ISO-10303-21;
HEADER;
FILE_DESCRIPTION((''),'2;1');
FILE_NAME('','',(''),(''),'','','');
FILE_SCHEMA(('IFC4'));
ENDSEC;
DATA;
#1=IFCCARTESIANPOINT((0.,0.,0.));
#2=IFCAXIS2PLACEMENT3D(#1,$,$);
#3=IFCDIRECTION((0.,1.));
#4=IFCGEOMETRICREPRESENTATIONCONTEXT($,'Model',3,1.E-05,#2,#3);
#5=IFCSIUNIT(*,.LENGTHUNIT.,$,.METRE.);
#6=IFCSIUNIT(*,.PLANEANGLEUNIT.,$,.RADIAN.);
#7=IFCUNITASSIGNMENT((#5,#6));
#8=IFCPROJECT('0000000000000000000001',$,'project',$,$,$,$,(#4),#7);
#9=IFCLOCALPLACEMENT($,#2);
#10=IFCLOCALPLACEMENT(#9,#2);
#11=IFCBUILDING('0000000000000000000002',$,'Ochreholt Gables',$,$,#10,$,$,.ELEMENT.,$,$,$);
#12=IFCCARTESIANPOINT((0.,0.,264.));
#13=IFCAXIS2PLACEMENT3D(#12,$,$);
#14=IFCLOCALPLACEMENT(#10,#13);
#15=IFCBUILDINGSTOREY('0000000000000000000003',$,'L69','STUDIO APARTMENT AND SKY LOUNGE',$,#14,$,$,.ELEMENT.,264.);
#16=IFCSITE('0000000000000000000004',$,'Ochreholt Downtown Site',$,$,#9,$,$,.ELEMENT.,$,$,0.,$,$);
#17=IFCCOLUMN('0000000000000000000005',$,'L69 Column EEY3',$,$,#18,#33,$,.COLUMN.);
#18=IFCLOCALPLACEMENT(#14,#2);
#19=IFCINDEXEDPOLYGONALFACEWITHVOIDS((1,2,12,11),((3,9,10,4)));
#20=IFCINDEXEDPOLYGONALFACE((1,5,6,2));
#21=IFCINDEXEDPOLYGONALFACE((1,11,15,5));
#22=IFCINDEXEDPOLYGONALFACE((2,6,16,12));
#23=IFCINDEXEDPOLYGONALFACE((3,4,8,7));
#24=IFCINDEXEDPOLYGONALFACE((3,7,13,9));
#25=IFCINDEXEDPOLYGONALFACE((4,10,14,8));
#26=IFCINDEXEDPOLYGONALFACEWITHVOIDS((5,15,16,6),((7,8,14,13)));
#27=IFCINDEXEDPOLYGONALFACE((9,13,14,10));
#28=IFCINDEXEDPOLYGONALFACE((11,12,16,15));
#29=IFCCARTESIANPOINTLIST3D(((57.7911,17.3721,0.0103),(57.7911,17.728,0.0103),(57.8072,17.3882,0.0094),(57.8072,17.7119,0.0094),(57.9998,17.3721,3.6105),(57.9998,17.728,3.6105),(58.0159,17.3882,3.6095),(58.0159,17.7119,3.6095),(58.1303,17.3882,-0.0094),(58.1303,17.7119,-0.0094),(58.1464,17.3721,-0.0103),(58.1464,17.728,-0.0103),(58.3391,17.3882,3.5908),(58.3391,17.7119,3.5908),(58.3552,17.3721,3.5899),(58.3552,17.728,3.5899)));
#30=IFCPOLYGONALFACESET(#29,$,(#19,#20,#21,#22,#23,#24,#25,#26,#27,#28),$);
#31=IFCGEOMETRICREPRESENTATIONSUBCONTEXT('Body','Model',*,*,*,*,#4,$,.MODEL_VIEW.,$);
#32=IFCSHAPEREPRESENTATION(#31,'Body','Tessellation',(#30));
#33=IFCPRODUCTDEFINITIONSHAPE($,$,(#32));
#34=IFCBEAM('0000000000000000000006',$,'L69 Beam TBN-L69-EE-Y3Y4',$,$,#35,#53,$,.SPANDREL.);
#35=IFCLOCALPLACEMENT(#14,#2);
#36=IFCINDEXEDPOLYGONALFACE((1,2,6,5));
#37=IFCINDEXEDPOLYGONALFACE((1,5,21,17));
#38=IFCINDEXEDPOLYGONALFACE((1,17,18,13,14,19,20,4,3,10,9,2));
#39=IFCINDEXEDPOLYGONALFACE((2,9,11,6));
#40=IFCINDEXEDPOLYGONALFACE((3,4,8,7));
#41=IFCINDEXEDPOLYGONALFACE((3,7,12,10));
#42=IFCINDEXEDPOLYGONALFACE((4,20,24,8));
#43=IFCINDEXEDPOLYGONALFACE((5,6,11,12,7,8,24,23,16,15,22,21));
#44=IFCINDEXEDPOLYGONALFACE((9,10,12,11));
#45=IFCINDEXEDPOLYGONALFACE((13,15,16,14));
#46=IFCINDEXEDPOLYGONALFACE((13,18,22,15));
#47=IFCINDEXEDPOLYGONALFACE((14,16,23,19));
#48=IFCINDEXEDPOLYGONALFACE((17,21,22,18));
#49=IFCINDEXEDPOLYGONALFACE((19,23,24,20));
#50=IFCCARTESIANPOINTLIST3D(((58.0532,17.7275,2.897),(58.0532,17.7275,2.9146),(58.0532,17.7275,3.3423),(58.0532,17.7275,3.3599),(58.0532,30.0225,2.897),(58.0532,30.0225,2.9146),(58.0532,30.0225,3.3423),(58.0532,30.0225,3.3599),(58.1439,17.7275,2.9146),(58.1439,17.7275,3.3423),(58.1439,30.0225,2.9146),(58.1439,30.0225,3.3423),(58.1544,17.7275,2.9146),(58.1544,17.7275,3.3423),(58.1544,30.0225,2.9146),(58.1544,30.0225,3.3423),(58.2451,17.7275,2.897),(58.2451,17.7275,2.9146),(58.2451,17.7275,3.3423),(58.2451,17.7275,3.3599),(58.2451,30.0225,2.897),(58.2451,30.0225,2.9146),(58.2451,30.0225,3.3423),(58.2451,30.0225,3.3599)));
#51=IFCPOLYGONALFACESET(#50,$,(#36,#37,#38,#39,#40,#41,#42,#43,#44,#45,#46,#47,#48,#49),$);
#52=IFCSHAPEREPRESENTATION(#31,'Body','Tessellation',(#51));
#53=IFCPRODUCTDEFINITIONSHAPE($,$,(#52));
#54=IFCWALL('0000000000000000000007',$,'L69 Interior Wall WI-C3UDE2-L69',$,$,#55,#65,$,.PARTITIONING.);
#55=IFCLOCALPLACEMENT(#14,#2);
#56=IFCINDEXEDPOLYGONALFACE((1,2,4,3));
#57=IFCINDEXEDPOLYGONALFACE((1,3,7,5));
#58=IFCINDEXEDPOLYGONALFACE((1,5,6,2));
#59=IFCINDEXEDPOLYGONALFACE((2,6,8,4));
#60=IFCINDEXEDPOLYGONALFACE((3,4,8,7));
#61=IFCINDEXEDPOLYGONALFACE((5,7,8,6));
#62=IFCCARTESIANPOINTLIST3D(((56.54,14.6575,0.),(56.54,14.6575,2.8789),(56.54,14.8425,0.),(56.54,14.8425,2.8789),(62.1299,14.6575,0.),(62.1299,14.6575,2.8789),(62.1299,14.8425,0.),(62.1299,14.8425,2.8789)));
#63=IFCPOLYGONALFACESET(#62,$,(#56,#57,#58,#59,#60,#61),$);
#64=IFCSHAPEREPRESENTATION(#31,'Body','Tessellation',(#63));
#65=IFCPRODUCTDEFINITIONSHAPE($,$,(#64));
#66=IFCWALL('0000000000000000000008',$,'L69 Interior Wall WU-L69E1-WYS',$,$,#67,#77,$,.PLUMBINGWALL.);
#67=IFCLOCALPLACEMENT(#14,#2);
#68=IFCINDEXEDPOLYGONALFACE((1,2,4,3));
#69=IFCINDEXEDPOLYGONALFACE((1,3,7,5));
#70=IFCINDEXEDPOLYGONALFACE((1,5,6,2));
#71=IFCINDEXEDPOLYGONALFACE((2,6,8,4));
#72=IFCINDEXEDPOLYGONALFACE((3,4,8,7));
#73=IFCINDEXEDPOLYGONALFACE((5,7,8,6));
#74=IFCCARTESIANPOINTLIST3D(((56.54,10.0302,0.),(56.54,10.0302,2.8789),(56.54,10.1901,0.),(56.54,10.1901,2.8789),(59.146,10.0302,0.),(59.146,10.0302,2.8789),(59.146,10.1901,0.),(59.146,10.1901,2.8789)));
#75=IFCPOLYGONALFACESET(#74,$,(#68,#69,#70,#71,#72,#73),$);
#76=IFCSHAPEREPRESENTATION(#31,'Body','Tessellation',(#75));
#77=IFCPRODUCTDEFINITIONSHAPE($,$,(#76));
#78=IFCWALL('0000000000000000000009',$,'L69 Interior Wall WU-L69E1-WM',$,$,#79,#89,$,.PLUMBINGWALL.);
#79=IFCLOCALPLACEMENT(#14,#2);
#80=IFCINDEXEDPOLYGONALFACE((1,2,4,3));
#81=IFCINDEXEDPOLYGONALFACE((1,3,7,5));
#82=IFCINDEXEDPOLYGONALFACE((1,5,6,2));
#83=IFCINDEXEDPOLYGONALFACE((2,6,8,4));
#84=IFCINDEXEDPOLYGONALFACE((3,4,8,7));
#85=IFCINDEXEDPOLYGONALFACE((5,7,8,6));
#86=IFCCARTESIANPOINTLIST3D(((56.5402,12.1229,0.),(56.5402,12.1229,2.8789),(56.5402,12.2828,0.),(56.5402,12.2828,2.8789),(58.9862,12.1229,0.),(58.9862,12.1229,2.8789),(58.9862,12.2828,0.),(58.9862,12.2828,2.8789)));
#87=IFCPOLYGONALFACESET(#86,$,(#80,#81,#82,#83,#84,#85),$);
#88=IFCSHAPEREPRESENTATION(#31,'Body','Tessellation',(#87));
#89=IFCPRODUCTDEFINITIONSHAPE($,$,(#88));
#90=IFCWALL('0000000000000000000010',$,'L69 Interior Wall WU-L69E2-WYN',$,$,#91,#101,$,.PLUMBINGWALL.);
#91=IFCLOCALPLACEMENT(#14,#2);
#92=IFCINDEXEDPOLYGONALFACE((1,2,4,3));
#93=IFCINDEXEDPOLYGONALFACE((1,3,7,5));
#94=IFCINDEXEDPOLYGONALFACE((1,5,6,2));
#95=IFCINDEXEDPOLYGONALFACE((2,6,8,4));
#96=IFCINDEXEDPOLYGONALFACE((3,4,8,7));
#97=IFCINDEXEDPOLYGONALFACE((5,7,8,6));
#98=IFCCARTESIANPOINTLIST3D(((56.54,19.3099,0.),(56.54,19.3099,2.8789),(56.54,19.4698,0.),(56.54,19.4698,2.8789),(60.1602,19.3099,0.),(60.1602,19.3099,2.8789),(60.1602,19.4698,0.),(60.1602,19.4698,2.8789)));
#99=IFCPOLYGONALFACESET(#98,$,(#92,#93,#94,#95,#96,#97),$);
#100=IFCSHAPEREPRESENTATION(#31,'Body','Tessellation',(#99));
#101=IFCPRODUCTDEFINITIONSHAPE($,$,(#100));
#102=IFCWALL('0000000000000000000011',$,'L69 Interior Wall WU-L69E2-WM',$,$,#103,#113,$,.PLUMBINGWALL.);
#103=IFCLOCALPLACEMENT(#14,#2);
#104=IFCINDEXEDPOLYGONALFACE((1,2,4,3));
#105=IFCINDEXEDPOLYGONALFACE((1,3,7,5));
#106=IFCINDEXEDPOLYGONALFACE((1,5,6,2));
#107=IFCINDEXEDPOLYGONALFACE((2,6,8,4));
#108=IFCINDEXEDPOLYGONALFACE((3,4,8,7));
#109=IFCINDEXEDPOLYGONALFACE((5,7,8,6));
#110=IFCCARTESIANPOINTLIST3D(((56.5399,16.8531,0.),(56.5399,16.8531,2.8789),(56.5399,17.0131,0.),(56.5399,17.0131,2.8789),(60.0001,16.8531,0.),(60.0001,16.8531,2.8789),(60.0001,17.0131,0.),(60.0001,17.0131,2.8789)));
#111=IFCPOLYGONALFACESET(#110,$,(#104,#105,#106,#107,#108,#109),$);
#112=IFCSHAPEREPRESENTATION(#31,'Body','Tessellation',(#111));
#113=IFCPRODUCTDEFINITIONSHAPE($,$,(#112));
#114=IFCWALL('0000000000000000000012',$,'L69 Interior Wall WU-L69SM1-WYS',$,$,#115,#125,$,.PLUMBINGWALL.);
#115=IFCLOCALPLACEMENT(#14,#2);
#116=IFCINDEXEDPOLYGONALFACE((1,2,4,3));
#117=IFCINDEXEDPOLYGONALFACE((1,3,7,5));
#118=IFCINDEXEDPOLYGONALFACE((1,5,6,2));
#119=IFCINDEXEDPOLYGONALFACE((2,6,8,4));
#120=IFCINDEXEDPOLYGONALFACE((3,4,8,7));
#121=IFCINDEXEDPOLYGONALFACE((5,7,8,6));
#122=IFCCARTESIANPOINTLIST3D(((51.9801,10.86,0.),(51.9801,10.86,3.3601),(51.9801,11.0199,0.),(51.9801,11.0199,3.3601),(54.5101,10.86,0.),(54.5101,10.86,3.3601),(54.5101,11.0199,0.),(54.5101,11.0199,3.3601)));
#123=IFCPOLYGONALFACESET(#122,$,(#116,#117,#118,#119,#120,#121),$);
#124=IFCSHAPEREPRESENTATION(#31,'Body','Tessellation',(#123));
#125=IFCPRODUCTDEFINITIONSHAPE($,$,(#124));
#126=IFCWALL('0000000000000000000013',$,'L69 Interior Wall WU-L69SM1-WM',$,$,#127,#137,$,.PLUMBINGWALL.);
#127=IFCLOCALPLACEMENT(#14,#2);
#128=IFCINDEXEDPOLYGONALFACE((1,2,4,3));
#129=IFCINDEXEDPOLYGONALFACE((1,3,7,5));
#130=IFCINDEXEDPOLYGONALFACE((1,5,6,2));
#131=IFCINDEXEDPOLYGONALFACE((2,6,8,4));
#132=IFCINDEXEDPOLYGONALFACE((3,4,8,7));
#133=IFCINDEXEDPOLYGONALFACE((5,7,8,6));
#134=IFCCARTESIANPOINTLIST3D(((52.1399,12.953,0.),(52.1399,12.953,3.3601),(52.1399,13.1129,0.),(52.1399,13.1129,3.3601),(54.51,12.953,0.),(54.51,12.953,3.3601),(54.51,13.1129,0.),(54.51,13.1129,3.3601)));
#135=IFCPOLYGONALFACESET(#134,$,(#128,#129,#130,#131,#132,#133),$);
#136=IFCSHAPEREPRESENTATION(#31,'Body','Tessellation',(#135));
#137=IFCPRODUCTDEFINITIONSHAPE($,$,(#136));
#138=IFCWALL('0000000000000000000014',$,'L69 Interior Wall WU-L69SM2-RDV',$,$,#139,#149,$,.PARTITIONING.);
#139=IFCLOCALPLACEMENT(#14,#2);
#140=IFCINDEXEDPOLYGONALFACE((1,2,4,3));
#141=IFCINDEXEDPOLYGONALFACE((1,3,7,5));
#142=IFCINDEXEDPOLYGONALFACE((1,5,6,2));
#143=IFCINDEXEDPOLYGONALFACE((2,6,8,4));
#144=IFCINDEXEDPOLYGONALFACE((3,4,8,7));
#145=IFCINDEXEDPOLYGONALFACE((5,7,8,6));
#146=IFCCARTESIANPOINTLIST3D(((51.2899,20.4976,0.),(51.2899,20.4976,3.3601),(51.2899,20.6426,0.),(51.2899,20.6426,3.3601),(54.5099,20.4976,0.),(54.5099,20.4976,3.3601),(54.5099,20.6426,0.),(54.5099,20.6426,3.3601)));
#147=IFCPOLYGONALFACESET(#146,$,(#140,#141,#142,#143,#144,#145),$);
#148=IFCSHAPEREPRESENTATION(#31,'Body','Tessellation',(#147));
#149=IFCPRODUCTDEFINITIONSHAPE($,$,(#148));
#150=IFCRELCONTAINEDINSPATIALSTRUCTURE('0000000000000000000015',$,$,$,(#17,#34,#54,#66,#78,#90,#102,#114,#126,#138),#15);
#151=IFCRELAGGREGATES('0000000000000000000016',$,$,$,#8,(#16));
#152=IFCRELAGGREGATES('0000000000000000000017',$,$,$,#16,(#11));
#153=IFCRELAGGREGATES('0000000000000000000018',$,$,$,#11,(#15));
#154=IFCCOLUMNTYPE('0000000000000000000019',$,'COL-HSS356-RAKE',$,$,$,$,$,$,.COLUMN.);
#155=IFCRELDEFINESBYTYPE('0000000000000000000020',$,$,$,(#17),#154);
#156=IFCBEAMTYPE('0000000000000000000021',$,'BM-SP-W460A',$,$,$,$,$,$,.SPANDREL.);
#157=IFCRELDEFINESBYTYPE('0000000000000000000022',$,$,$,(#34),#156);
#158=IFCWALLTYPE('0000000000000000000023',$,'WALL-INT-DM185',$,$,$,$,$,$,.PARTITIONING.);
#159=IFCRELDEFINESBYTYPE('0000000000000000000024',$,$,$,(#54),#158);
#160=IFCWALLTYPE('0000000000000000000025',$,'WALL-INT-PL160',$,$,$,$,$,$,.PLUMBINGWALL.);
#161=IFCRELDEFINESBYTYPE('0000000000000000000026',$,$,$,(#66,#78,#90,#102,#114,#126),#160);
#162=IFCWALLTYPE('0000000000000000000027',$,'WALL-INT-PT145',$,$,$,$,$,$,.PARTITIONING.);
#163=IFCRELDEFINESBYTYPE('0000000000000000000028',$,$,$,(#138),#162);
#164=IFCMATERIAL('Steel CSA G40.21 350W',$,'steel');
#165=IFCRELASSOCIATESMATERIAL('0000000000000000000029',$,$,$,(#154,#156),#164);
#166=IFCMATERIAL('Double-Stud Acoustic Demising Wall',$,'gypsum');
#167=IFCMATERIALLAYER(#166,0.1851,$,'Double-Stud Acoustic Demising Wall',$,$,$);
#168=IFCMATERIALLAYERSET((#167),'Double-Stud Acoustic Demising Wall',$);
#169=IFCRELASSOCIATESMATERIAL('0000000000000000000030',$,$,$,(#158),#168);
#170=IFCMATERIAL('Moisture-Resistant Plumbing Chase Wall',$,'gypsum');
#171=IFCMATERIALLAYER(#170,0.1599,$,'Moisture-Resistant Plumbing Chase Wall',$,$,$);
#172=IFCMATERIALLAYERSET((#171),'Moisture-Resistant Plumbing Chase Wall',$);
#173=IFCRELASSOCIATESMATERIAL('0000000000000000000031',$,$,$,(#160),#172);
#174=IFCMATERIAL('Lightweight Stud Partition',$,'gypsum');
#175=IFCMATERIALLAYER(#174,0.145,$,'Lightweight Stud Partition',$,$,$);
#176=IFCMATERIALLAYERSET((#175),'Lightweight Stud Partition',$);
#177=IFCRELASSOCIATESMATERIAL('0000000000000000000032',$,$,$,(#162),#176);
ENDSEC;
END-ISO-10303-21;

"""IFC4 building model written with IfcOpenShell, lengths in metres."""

from ifc_helpers import new_model, si_unit, direction, frame, frame_2d, origin, origin_2d, place, context, subcontext, project, spatial, rectangle, hollow_rectangle, i_section, extrude, material, layer, layer_set, material_profile, profile_set, type_object, element, save


model = new_model("IFC4")

# Units and contexts
model_context = context("Model", 3, precision=1e-05, world=origin(), true_north=direction((0.0, 1.0)))
body_context = subcontext(model_context, "Body", "Model", "MODEL_VIEW")
ifc_project = project(units=[si_unit("LENGTHUNIT", "METRE"), si_unit("PLANEANGLEUNIT", "RADIAN")], contexts=[model_context])

# Site, building, storey
site_placement = place(None, origin())
site = spatial("IfcSite", under=ifc_project, at=site_placement, Name="Ochreholt Downtown Site", CompositionType="ELEMENT", RefElevation=0.0)
building_placement = place(site_placement, origin())
building = spatial("IfcBuilding", under=site, at=building_placement, Name="Ochreholt Gables", CompositionType="ELEMENT")
storey_placement = place(building_placement, frame((0.0, 0.0, 264.0)))
storey = spatial("IfcBuildingStorey", under=building, at=storey_placement, Name="L69", Description="STUDIO APARTMENT AND SKY LOUNGE", CompositionType="ELEMENT", Elevation=264.0)

# Column
ifc_material_1 = material(Name="Steel CSA G40.21 350W", Category="steel")
ifc_material_profile_1 = material_profile(ifc_material_1, hollow_rectangle(XDim=0.356, YDim=0.356, WallThickness=0.0161, at=origin_2d()), Name="HSS356X356X16")
ifc_profile_set_1 = profile_set([ifc_material_profile_1], Name="Steel CSA G40.21 350W")
column_type = type_object("IfcColumnType", Name="COL-HSS356-RAKE", PredefinedType="COLUMN", material=ifc_profile_set_1)
column_placement = place(storey_placement, frame((57.9688, 17.55, 0.0), z_axis=(0.057885, 0.0, 0.998323), x_axis=(0.0, 1.0, 0.0)))
element("IfcColumn", 1, at=column_placement, inside=storey, type_object=column_type, Name="L69 Column EEY3", PredefinedType="COLUMN", context=body_context, shape_type="SweptSolid", body=[
    extrude(hollow_rectangle(XDim=0.356, YDim=0.356, WallThickness=0.0161, at=origin_2d()), origin(), (0.0, 0.0, 1.0), 3.6062),
])

# Beam
ifc_material_profile_2 = material_profile(ifc_material_1, i_section(OverallWidth=0.1919, OverallDepth=0.4629, WebThickness=0.0105, FlangeThickness=0.0176, at=origin_2d()), Name="W460X89")
ifc_profile_set_2 = profile_set([ifc_material_profile_2], Name="Steel CSA G40.21 350W")
beam_type = type_object("IfcBeamType", Name="BM-SP-W460A", PredefinedType="SPANDREL", material=ifc_profile_set_2)
beam_placement = place(storey_placement, frame((58.1492, 17.7275, 3.1284), z_axis=(0.0, 1.0, 0.0), x_axis=(-1.0, 0.0, 0.0)))
element("IfcBeam", 2, at=beam_placement, inside=storey, type_object=beam_type, Name="L69 Beam TBN-L69-EE-Y3Y4", PredefinedType="SPANDREL", context=body_context, shape_type="SweptSolid", body=[
    extrude(i_section(OverallWidth=0.1919, OverallDepth=0.4629, WebThickness=0.0105, FlangeThickness=0.0176, at=origin_2d()), origin(), (0.0, 0.0, 1.0), 12.2949),
])

# Walls
ifc_material_2 = material(Name="Double-Stud Acoustic Demising Wall", Category="gypsum")
ifc_layer_1 = layer(ifc_material_2, 0.1851, Name="Double-Stud Acoustic Demising Wall")
ifc_layer_set_1 = layer_set([ifc_layer_1], Name="Double-Stud Acoustic Demising Wall")
wall_type_1 = type_object("IfcWallType", Name="WALL-INT-DM185", PredefinedType="PARTITIONING", material=ifc_layer_set_1)
wall_1_placement = place(storey_placement, frame((56.54, 14.75, 0.0), z_axis=(0.0, 0.0, 1.0), x_axis=(1.0, 0.0, 0.0)))
element("IfcWall", 3, at=wall_1_placement, inside=storey, type_object=wall_type_1, Name="L69 Interior Wall WI-C3UDE2-L69", PredefinedType="PARTITIONING", context=body_context, shape_type="SweptSolid", body=[
    extrude(rectangle(XDim=5.5898, YDim=0.1851, at=frame_2d((2.7949, 0.0))), origin(), (0.0, 0.0, 1.0), 2.8789),
])
ifc_material_3 = material(Name="Moisture-Resistant Plumbing Chase Wall", Category="gypsum")
ifc_layer_2 = layer(ifc_material_3, 0.1599, Name="Moisture-Resistant Plumbing Chase Wall")
ifc_layer_set_2 = layer_set([ifc_layer_2], Name="Moisture-Resistant Plumbing Chase Wall")
wall_type_2 = type_object("IfcWallType", Name="WALL-INT-PL160", PredefinedType="PLUMBINGWALL", material=ifc_layer_set_2)
wall_2_placement = place(storey_placement, frame((56.54, 10.1101, 0.0), z_axis=(0.0, 0.0, 1.0), x_axis=(1.0, 0.0, 0.0)))
element("IfcWall", 4, at=wall_2_placement, inside=storey, type_object=wall_type_2, Name="L69 Interior Wall WU-L69E1-WYS", PredefinedType="PLUMBINGWALL", context=body_context, shape_type="SweptSolid", body=[
    extrude(rectangle(XDim=2.606, YDim=0.1599, at=frame_2d((1.303, 0.0))), origin(), (0.0, 0.0, 1.0), 2.8789),
])
wall_3_placement = place(storey_placement, frame((56.54, 12.2029, 0.0), z_axis=(0.0, 0.0, 1.0), x_axis=(1.0, 0.0, 0.0)))
element("IfcWall", 5, at=wall_3_placement, inside=storey, type_object=wall_type_2, Name="L69 Interior Wall WU-L69E1-WM", PredefinedType="PLUMBINGWALL", context=body_context, shape_type="SweptSolid", body=[
    extrude(rectangle(XDim=2.446, YDim=0.1599, at=frame_2d((1.2231, 0.0))), origin(), (0.0, 0.0, 1.0), 2.8789),
])
wall_4_placement = place(storey_placement, frame((56.54, 19.3899, 0.0), z_axis=(0.0, 0.0, 1.0), x_axis=(1.0, 0.0, 0.0)))
element("IfcWall", 6, at=wall_4_placement, inside=storey, type_object=wall_type_2, Name="L69 Interior Wall WU-L69E2-WYN", PredefinedType="PLUMBINGWALL", context=body_context, shape_type="SweptSolid", body=[
    extrude(rectangle(XDim=3.6201, YDim=0.1599, at=frame_2d((1.8101, 0.0))), origin(), (0.0, 0.0, 1.0), 2.8789),
])

# Walls
wall_5_placement = place(storey_placement, frame((56.54, 16.9331, 0.0), z_axis=(0.0, 0.0, 1.0), x_axis=(1.0, 0.0, 0.0)))
element("IfcWall", 7, at=wall_5_placement, inside=storey, type_object=wall_type_2, Name="L69 Interior Wall WU-L69E2-WM", PredefinedType="PLUMBINGWALL", context=body_context, shape_type="SweptSolid", body=[
    extrude(rectangle(XDim=3.4602, YDim=0.1599, at=frame_2d((1.73, 0.0))), origin(), (0.0, 0.0, 1.0), 2.8789),
])
wall_6_placement = place(storey_placement, frame((51.98, 10.9399, 0.0), z_axis=(0.0, 0.0, 1.0), x_axis=(1.0, 0.0, 0.0)))
element("IfcWall", 8, at=wall_6_placement, inside=storey, type_object=wall_type_2, Name="L69 Interior Wall WU-L69SM1-WYS", PredefinedType="PLUMBINGWALL", context=body_context, shape_type="SweptSolid", body=[
    extrude(rectangle(XDim=2.53, YDim=0.1599, at=frame_2d((1.2651, 0.0))), origin(), (0.0, 0.0, 1.0), 3.3601),
])

# Walls
wall_7_placement = place(storey_placement, frame((52.1399, 13.033, 0.0), z_axis=(0.0, 0.0, 1.0), x_axis=(1.0, 0.0, 0.0)))
element("IfcWall", 9, at=wall_7_placement, inside=storey, type_object=wall_type_2, Name="L69 Interior Wall WU-L69SM1-WM", PredefinedType="PLUMBINGWALL", context=body_context, shape_type="SweptSolid", body=[
    extrude(rectangle(XDim=2.3701, YDim=0.1599, at=frame_2d((1.1851, 0.0))), origin(), (0.0, 0.0, 1.0), 3.3601),
])
ifc_material_4 = material(Name="Lightweight Stud Partition", Category="gypsum")
ifc_layer_3 = layer(ifc_material_4, 0.145, Name="Lightweight Stud Partition")
ifc_layer_set_3 = layer_set([ifc_layer_3], Name="Lightweight Stud Partition")
wall_type_3 = type_object("IfcWallType", Name="WALL-INT-PT145", PredefinedType="PARTITIONING", material=ifc_layer_set_3)
wall_8_placement = place(storey_placement, frame((51.29, 20.5701, 0.0), z_axis=(0.0, 0.0, 1.0), x_axis=(1.0, 0.0, 0.0)))
element("IfcWall", 10, at=wall_8_placement, inside=storey, type_object=wall_type_3, Name="L69 Interior Wall WU-L69SM2-RDV", PredefinedType="PARTITIONING", context=body_context, shape_type="SweptSolid", body=[
    extrude(rectangle(XDim=3.22, YDim=0.145, at=frame_2d((1.6099, 0.0))), origin(), (0.0, 0.0, 1.0), 3.3601),
])

save(model, "model.ifc")
